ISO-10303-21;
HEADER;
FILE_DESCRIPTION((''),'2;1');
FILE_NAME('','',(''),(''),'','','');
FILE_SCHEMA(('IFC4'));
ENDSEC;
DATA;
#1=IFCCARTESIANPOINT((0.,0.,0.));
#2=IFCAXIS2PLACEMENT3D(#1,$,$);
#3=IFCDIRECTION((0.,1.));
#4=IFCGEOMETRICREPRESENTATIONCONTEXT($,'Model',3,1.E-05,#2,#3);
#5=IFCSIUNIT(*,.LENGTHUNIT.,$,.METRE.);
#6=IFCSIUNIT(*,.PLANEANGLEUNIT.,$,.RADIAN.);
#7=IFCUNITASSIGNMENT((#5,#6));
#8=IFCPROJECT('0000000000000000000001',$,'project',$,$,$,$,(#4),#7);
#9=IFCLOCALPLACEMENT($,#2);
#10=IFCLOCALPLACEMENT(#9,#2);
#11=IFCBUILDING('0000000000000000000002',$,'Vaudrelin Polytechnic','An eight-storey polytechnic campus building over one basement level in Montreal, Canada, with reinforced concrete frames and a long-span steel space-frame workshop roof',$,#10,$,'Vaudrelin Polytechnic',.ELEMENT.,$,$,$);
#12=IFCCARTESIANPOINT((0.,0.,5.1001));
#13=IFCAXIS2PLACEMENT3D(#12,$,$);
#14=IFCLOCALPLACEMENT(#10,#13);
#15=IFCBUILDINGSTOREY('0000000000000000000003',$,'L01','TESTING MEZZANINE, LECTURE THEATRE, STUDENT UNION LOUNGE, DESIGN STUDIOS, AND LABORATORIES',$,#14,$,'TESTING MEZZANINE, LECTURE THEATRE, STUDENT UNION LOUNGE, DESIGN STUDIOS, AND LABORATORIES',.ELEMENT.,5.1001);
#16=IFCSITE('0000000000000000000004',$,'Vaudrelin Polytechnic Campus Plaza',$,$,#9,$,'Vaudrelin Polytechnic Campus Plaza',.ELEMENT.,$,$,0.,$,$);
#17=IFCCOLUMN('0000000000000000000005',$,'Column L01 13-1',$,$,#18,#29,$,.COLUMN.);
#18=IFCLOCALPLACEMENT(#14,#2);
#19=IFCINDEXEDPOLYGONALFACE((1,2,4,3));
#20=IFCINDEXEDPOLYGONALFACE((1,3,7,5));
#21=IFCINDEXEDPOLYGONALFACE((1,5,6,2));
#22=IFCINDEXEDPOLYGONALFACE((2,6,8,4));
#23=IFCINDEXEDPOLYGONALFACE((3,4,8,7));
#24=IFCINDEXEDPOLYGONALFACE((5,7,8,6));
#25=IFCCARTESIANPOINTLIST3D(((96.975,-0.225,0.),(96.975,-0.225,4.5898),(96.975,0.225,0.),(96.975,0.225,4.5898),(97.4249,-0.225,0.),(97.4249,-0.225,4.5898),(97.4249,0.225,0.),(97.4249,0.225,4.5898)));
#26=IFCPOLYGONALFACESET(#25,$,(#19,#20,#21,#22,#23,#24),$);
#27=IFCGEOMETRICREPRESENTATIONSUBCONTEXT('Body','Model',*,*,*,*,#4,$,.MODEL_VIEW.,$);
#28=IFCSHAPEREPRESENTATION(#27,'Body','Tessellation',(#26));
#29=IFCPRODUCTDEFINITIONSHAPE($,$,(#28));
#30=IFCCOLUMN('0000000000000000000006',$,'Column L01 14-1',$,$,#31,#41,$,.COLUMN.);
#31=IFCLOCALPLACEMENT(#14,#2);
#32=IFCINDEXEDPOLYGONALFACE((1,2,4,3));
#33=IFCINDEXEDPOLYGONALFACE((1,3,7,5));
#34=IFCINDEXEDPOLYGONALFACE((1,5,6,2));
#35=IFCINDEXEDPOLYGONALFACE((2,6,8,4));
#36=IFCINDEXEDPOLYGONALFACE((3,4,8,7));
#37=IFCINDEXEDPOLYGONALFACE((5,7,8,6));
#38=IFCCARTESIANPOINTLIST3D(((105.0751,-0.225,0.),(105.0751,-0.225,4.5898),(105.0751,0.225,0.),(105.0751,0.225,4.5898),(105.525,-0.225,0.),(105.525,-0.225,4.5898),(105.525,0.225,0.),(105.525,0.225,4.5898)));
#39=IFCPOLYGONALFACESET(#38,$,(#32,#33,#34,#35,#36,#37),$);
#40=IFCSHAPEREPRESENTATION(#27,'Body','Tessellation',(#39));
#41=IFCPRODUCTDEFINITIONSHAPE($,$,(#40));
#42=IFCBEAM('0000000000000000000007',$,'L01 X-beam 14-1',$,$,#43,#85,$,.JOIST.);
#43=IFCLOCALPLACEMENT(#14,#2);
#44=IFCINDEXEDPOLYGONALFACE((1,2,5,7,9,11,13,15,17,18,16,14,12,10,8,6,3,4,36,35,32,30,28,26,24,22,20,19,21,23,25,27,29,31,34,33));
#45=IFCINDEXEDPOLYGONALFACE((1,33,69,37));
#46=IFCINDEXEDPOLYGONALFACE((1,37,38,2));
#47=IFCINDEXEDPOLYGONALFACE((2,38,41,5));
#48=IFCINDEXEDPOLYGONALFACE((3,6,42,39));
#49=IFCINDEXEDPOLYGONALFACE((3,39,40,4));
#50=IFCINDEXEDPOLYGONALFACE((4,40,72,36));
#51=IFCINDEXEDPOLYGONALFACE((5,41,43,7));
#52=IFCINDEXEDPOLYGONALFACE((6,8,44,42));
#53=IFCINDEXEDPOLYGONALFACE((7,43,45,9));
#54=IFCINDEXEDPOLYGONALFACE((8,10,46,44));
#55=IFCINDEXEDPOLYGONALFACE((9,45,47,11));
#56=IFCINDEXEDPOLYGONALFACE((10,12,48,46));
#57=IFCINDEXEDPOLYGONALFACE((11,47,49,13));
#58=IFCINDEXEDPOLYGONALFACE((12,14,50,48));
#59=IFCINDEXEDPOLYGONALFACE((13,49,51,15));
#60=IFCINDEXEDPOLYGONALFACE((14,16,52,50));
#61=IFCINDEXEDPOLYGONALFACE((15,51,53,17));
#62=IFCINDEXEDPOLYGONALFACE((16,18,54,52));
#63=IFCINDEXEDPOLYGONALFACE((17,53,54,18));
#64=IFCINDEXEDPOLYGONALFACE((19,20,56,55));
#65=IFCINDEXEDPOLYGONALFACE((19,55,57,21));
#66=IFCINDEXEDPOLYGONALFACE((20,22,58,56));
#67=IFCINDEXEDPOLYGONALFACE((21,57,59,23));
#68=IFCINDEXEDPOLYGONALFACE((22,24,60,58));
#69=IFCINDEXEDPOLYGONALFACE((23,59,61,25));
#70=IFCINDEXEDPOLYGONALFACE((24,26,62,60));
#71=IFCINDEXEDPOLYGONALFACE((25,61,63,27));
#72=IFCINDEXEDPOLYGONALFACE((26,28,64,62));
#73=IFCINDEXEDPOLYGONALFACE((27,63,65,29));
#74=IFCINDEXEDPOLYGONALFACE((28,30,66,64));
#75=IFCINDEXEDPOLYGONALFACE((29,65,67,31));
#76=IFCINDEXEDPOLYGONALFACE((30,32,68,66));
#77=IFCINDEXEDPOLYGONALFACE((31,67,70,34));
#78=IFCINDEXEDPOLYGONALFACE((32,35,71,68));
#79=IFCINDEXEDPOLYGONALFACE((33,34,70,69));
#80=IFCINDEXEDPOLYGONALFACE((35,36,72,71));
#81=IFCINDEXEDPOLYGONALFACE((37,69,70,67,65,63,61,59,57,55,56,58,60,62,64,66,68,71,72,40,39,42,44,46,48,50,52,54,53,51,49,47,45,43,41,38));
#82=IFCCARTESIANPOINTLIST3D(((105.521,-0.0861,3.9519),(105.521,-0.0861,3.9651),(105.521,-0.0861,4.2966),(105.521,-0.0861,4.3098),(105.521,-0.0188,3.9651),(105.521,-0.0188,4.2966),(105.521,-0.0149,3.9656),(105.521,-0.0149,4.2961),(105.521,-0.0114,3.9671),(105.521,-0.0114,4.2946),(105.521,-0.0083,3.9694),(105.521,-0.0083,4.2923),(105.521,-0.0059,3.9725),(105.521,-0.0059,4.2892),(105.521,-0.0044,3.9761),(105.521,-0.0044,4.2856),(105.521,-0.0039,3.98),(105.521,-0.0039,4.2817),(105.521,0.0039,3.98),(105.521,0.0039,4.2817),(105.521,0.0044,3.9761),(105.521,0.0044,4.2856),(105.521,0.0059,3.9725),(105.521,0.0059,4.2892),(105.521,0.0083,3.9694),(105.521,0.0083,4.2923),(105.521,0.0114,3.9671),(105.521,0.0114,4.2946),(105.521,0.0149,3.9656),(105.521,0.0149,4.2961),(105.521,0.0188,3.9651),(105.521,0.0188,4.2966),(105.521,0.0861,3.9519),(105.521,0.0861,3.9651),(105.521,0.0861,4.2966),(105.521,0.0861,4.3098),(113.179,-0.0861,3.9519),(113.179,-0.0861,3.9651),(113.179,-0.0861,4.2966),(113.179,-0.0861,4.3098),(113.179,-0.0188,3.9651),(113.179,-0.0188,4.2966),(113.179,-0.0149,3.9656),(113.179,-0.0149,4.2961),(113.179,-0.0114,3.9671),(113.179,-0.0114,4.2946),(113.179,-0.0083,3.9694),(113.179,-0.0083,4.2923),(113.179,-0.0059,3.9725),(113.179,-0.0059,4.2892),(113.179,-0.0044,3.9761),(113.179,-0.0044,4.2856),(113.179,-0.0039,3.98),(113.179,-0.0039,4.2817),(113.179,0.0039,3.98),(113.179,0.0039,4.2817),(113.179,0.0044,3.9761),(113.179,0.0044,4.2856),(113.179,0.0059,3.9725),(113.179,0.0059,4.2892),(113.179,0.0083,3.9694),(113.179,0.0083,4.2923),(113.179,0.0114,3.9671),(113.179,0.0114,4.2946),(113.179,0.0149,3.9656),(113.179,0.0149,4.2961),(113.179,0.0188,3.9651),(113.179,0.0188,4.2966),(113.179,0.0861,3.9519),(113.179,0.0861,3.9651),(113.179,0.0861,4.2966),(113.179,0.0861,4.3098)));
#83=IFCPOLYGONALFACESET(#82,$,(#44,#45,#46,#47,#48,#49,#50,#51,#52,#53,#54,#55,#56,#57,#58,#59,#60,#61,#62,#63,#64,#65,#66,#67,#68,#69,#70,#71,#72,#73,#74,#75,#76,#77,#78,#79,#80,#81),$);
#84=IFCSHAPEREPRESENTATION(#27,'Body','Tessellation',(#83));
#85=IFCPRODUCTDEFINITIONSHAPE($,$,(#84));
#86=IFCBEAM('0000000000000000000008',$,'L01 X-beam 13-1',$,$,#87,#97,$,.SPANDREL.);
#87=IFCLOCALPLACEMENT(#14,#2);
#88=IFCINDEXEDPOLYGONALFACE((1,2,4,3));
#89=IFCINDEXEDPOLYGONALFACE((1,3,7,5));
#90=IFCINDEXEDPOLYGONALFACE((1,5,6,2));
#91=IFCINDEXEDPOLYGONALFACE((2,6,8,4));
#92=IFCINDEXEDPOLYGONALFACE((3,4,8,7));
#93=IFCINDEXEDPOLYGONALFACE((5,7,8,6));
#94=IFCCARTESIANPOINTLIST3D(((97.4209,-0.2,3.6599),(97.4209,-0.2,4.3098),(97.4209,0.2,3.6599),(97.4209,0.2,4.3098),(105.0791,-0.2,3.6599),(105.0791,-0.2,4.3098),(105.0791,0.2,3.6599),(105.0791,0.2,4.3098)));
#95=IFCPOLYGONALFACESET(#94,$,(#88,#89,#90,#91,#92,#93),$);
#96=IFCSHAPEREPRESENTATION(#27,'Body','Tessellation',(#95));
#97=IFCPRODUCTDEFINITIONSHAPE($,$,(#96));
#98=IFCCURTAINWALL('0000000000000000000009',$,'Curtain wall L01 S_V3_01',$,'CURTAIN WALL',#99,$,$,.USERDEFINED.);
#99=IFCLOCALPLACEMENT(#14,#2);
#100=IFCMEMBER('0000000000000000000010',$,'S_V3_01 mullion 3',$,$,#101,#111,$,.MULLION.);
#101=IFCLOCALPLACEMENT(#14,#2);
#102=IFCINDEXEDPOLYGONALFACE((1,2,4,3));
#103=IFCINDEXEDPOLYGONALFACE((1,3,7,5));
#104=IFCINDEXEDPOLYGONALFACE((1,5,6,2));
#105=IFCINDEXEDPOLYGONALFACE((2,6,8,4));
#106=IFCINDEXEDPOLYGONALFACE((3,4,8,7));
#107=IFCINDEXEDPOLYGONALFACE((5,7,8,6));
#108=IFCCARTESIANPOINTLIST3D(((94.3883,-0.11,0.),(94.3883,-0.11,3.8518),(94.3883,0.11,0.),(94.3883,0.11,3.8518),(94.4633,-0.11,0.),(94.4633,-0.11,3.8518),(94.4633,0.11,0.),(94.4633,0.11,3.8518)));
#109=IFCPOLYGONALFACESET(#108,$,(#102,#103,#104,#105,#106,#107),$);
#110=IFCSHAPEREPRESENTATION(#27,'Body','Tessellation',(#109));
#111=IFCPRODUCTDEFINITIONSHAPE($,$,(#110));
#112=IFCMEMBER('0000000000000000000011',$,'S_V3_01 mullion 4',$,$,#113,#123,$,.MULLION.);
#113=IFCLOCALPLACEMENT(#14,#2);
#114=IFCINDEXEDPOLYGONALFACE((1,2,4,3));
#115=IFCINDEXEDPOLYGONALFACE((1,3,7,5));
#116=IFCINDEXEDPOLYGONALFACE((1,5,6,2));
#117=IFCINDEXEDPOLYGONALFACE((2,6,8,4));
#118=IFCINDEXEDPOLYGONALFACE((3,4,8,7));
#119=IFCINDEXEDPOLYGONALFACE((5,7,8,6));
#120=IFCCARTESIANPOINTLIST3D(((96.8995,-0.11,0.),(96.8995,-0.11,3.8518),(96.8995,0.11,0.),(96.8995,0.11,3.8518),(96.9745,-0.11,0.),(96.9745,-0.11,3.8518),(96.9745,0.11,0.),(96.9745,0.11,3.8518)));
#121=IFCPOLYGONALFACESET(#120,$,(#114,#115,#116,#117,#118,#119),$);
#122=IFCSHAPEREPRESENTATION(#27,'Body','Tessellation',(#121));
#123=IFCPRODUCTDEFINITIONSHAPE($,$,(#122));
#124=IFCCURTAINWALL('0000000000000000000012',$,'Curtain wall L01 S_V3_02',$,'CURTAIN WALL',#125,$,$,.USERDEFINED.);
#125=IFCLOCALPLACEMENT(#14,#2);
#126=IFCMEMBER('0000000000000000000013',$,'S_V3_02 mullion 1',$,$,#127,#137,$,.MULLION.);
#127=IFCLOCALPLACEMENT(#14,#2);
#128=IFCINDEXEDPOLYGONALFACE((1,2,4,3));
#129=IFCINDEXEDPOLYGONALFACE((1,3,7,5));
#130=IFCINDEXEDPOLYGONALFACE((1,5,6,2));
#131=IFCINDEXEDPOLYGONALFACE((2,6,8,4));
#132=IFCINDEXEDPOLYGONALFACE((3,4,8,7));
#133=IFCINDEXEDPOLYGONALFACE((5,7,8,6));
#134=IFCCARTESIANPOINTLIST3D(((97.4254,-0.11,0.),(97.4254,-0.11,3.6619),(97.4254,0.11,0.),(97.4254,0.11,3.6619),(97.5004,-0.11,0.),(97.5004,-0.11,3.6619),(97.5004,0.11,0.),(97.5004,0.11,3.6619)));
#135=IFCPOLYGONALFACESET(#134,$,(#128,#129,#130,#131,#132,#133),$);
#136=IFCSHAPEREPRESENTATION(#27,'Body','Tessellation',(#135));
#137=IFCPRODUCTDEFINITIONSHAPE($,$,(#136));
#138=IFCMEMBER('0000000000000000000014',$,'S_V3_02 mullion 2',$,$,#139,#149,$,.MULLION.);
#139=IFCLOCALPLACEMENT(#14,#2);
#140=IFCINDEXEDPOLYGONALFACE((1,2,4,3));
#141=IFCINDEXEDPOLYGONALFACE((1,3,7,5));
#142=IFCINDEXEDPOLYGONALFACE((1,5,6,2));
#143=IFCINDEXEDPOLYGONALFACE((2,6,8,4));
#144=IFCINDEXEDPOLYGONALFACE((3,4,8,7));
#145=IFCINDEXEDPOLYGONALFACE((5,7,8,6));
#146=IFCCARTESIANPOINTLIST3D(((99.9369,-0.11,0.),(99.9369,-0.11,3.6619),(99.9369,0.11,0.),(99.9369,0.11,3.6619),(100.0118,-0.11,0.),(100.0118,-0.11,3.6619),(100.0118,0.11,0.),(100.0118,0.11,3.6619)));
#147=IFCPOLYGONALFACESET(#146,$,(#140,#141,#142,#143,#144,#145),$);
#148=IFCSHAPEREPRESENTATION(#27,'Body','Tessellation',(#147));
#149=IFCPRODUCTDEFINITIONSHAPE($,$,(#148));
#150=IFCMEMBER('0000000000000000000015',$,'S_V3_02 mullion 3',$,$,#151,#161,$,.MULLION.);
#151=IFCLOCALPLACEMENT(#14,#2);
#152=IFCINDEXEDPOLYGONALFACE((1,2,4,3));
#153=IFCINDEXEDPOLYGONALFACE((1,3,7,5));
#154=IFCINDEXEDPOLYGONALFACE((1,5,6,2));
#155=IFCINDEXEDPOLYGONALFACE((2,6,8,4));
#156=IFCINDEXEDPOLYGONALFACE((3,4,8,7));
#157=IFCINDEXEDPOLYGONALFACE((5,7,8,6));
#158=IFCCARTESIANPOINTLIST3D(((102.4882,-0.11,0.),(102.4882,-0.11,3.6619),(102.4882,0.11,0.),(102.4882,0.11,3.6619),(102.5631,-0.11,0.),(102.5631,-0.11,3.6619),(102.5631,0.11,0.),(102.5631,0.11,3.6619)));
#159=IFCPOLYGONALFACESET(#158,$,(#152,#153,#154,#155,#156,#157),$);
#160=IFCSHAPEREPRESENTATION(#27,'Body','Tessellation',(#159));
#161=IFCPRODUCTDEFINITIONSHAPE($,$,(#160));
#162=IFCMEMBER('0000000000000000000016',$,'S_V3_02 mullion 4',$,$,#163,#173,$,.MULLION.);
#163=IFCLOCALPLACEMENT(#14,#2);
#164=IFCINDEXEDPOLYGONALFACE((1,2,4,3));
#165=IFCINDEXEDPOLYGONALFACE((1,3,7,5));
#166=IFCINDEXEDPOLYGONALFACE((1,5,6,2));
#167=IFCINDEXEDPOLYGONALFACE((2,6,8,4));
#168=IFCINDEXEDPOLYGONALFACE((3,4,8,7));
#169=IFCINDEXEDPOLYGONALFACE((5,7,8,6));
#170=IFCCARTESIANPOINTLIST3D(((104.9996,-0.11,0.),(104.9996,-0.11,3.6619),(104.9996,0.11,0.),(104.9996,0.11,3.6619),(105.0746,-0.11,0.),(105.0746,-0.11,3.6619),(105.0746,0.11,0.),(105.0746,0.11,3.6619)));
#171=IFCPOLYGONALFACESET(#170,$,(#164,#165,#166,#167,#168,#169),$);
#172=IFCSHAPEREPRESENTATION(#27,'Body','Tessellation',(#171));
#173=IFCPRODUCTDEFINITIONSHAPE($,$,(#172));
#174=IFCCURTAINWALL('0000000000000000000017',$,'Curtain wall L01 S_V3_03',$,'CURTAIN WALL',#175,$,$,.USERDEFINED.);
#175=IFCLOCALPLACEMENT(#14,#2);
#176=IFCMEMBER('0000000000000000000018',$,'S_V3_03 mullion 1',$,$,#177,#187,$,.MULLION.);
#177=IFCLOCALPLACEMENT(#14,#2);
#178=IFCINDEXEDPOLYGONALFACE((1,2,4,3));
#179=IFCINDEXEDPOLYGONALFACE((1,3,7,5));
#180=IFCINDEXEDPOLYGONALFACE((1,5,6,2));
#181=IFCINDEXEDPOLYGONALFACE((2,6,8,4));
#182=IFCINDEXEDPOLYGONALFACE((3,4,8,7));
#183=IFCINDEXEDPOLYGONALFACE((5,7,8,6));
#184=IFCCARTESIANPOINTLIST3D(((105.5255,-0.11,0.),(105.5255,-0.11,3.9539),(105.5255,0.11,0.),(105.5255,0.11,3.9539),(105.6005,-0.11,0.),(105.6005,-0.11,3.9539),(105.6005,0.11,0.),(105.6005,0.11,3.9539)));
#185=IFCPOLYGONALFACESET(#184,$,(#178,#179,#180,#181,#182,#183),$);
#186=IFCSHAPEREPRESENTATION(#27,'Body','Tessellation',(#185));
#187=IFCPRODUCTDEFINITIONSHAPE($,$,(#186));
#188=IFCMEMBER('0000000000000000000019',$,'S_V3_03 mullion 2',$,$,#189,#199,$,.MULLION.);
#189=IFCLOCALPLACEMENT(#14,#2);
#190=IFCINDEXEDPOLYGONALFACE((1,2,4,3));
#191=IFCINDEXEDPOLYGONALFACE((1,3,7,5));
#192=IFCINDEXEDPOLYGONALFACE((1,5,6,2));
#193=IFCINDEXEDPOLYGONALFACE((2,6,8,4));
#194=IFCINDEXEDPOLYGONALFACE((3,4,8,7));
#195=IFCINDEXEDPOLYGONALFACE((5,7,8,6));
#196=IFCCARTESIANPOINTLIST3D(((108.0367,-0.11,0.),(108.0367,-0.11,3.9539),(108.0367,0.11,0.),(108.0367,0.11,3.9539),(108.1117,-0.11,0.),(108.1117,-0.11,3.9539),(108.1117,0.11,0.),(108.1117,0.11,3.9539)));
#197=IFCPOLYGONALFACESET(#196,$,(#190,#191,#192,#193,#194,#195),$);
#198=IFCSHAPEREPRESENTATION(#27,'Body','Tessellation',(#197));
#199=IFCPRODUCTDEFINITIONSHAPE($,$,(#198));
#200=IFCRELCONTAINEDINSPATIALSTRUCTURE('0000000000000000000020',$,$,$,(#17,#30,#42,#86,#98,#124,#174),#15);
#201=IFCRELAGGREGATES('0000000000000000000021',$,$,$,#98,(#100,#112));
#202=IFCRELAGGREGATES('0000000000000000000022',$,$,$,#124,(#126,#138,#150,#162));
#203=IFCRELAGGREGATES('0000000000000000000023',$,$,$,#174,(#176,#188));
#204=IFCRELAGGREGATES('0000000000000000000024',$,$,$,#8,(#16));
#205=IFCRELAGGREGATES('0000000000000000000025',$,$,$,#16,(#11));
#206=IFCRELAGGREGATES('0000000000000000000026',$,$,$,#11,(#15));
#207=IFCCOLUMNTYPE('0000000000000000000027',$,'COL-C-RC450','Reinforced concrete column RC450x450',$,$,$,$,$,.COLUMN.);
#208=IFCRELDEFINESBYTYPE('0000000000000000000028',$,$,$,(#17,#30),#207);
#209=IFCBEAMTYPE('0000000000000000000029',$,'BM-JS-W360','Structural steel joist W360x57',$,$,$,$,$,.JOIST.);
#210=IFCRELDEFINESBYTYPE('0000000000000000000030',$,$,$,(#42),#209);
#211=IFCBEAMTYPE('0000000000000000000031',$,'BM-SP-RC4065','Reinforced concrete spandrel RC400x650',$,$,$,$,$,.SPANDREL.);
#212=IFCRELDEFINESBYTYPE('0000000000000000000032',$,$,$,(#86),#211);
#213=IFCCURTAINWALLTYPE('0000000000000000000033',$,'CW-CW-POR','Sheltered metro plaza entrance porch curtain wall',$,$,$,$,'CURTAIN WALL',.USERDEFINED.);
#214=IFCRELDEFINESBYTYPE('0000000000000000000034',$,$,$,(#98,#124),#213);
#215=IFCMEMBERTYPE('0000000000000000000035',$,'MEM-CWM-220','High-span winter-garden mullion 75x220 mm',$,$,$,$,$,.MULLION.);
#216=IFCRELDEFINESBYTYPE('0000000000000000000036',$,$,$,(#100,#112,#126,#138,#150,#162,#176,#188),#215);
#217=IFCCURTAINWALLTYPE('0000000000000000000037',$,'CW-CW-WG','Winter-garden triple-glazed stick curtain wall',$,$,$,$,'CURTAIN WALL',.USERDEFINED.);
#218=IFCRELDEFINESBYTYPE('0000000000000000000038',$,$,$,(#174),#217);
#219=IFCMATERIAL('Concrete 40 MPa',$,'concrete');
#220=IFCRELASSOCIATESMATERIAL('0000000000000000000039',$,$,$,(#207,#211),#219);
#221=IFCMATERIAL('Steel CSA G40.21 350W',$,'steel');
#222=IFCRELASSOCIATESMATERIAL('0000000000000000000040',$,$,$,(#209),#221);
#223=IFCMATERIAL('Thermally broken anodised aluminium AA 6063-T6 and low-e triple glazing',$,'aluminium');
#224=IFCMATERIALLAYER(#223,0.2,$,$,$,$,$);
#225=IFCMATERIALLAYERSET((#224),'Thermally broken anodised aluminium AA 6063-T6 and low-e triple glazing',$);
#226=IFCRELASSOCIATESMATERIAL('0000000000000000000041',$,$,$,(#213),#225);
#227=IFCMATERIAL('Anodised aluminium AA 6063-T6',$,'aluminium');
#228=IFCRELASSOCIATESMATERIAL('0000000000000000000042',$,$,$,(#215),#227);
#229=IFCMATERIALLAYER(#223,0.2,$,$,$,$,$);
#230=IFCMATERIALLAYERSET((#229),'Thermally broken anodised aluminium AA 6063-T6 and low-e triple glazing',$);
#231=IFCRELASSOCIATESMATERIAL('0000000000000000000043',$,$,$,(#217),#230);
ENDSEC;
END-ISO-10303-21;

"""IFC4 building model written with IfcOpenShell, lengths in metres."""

from ifc_helpers import new_model, si_unit, direction, frame, origin, origin_2d, place, context, subcontext, project, spatial, rectangle, i_section, extrude, material, layer, layer_set, material_profile, profile_set, type_object, element, aggregate, save


model = new_model("IFC4")

# Units and contexts
model_context = context("Model", 3, precision=1e-05, world=origin(), true_north=direction((0.0, 1.0)))
body_context = subcontext(model_context, "Body", "Model", "MODEL_VIEW")
ifc_project = project(units=[si_unit("LENGTHUNIT", "METRE"), si_unit("PLANEANGLEUNIT", "RADIAN")], contexts=[model_context])

# Site, building, storey
site_placement = place(None, origin())
site = spatial("IfcSite", under=ifc_project, at=site_placement, Name="Vaudrelin Polytechnic Campus Plaza", LongName="Vaudrelin Polytechnic Campus Plaza", CompositionType="ELEMENT", RefElevation=0.0)
building_placement = place(site_placement, origin())
building = spatial("IfcBuilding", under=site, at=building_placement, Name="Vaudrelin Polytechnic", Description="An eight-storey polytechnic campus building over one basement level in Montreal, Canada, with reinforced concrete frames and a long-span steel space-frame workshop roof", LongName="Vaudrelin Polytechnic", CompositionType="ELEMENT")
storey_placement = place(building_placement, frame((0.0, 0.0, 5.1001)))
storey = spatial("IfcBuildingStorey", under=building, at=storey_placement, Name="L01", Description="TESTING MEZZANINE, LECTURE THEATRE, STUDENT UNION LOUNGE, DESIGN STUDIOS, AND LABORATORIES", LongName="TESTING MEZZANINE, LECTURE THEATRE, STUDENT UNION LOUNGE, DESIGN STUDIOS, AND LABORATORIES", CompositionType="ELEMENT", Elevation=5.1001)

# Columns
ifc_material_1 = material(Name="Concrete 40 MPa", Category="concrete")
ifc_material_profile_1 = material_profile(ifc_material_1, rectangle(XDim=0.45, YDim=0.45, at=origin_2d()), Name="RC450x450")
ifc_profile_set_1 = profile_set([ifc_material_profile_1], Name="Concrete 40 MPa")
column_type = type_object("IfcColumnType", Name="COL-C-RC450", Description="Reinforced concrete column RC450x450", PredefinedType="COLUMN", material=ifc_profile_set_1)
for number, where, z_axis, x_axis, name in (
    (1, (97.2, 0.0, 0.0), (0.0, 0.0, 1.0), (1.0, 0.0, 0.0), "Column L01 13-1"),
    (2, (105.3, 0.0, 0.0), (0.0, 0.0, 1.0), (1.0, 0.0, 0.0), "Column L01 14-1"),
):
    element("IfcColumn", number, at=place(storey_placement, frame(where, z_axis=z_axis, x_axis=x_axis)), inside=storey, type_object=column_type, Name=name, PredefinedType="COLUMN", context=body_context, shape_type="SweptSolid", body=[
        extrude(rectangle(XDim=0.45, YDim=0.45, at=origin_2d()), origin(), (0.0, 0.0, 1.0), 4.5898),
    ])

# Beams
ifc_material_2 = material(Name="Steel CSA G40.21 350W", Category="steel")
ifc_material_profile_2 = material_profile(ifc_material_2, i_section(OverallWidth=0.1721, OverallDepth=0.3579, WebThickness=0.0078, FlangeThickness=0.0132, FilletRadius=0.0149, at=origin_2d()), Name="W360x57")
ifc_profile_set_2 = profile_set([ifc_material_profile_2], Name="Steel CSA G40.21 350W")
beam_type_1 = type_object("IfcBeamType", Name="BM-JS-W360", Description="Structural steel joist W360x57", PredefinedType="JOIST", material=ifc_profile_set_2)
beam_1_placement = place(storey_placement, frame((105.521, 0.0, 4.1309), z_axis=(1.0, 0.0, 0.0), x_axis=(0.0, 1.0, 0.0)))
element("IfcBeam", 3, at=beam_1_placement, inside=storey, type_object=beam_type_1, Name="L01 X-beam 14-1", PredefinedType="JOIST", context=body_context, shape_type="SweptSolid", body=[
    extrude(i_section(OverallWidth=0.1721, OverallDepth=0.3579, WebThickness=0.0078, FlangeThickness=0.0132, FilletRadius=0.0149, at=origin_2d()), origin(), (0.0, 0.0, 1.0), 7.658),
])
ifc_material_profile_3 = material_profile(ifc_material_1, rectangle(XDim=0.3999, YDim=0.6499, at=origin_2d()), Name="RC400x650")
ifc_profile_set_3 = profile_set([ifc_material_profile_3], Name="Concrete 40 MPa")
beam_type_2 = type_object("IfcBeamType", Name="BM-SP-RC4065", Description="Reinforced concrete spandrel RC400x650", PredefinedType="SPANDREL", material=ifc_profile_set_3)
beam_2_placement = place(storey_placement, frame((97.4209, 0.0, 3.9849), z_axis=(1.0, 0.0, 0.0), x_axis=(0.0, 1.0, 0.0)))
element("IfcBeam", 4, at=beam_2_placement, inside=storey, type_object=beam_type_2, Name="L01 X-beam 13-1", PredefinedType="SPANDREL", context=body_context, shape_type="SweptSolid", body=[
    extrude(rectangle(XDim=0.3999, YDim=0.6499, at=origin_2d()), origin(), (0.0, 0.0, 1.0), 7.6582),
])

# Curtain walls, members
ifc_material_3 = material(Name="Thermally broken anodised aluminium AA 6063-T6 and low-e triple glazing", Category="aluminium")
ifc_layer_1 = layer(ifc_material_3, 0.2)
ifc_layer_set_1 = layer_set([ifc_layer_1], Name="Thermally broken anodised aluminium AA 6063-T6 and low-e triple glazing")
curtain_wall_type_1 = type_object("IfcCurtainWallType", Name="CW-CW-POR", Description="Sheltered metro plaza entrance porch curtain wall", ElementType="CURTAIN WALL", PredefinedType="USERDEFINED", material=ifc_layer_set_1)
curtain_wall_1_placement = place(storey_placement, origin())
curtain_wall_1 = element("IfcCurtainWall", 5, at=curtain_wall_1_placement, inside=storey, type_object=curtain_wall_type_1, Name="Curtain wall L01 S_V3_01", ObjectType="CURTAIN WALL", PredefinedType="USERDEFINED")
ifc_material_4 = material(Name="Anodised aluminium AA 6063-T6", Category="aluminium")
ifc_material_profile_4 = material_profile(ifc_material_4, rectangle(XDim=0.075, YDim=0.22, at=origin_2d()), Name="CWM-75x220")
ifc_profile_set_4 = profile_set([ifc_material_profile_4], Name="Anodised aluminium AA 6063-T6")
member_type_1 = type_object("IfcMemberType", Name="MEM-CWM-220", Description="High-span winter-garden mullion 75x220 mm", PredefinedType="MULLION", material=ifc_profile_set_4)
member_1_placement = place(storey_placement, frame((94.4258, 0.0, 0.0), z_axis=(0.0, 0.0, 1.0), x_axis=(1.0, 0.0, 0.0)))
member_1 = element("IfcMember", 6, at=member_1_placement, type_object=member_type_1, Name="S_V3_01 mullion 3", PredefinedType="MULLION", context=body_context, shape_type="SweptSolid", body=[
    extrude(rectangle(XDim=0.075, YDim=0.22, at=origin_2d()), origin(), (0.0, 0.0, 1.0), 3.8518),
])
member_2_placement = place(storey_placement, frame((96.937, 0.0, 0.0), z_axis=(0.0, 0.0, 1.0), x_axis=(1.0, 0.0, 0.0)))
member_2 = element("IfcMember", 7, at=member_2_placement, type_object=member_type_1, Name="S_V3_01 mullion 4", PredefinedType="MULLION", context=body_context, shape_type="SweptSolid", body=[
    extrude(rectangle(XDim=0.075, YDim=0.22, at=origin_2d()), origin(), (0.0, 0.0, 1.0), 3.8518),
])
curtain_wall_2_placement = place(storey_placement, origin())
curtain_wall_2 = element("IfcCurtainWall", 8, at=curtain_wall_2_placement, inside=storey, type_object=curtain_wall_type_1, Name="Curtain wall L01 S_V3_02", ObjectType="CURTAIN WALL", PredefinedType="USERDEFINED")
member_3_placement = place(storey_placement, frame((97.4629, 0.0, 0.0), z_axis=(0.0, 0.0, 1.0), x_axis=(1.0, 0.0, 0.0)))
member_3 = element("IfcMember", 9, at=member_3_placement, type_object=member_type_1, Name="S_V3_02 mullion 1", PredefinedType="MULLION", context=body_context, shape_type="SweptSolid", body=[
    extrude(rectangle(XDim=0.075, YDim=0.22, at=origin_2d()), origin(), (0.0, 0.0, 1.0), 3.6619),
])
member_4_placement = place(storey_placement, frame((99.9744, 0.0, 0.0), z_axis=(0.0, 0.0, 1.0), x_axis=(1.0, 0.0, 0.0)))
member_4 = element("IfcMember", 10, at=member_4_placement, type_object=member_type_1, Name="S_V3_02 mullion 2", PredefinedType="MULLION", context=body_context, shape_type="SweptSolid", body=[
    extrude(rectangle(XDim=0.075, YDim=0.22, at=origin_2d()), origin(), (0.0, 0.0, 1.0), 3.6619),
])
member_5_placement = place(storey_placement, frame((102.5256, 0.0, 0.0), z_axis=(0.0, 0.0, 1.0), x_axis=(1.0, 0.0, 0.0)))
member_5 = element("IfcMember", 11, at=member_5_placement, type_object=member_type_1, Name="S_V3_02 mullion 3", PredefinedType="MULLION", context=body_context, shape_type="SweptSolid", body=[
    extrude(rectangle(XDim=0.075, YDim=0.22, at=origin_2d()), origin(), (0.0, 0.0, 1.0), 3.6619),
])
member_6_placement = place(storey_placement, frame((105.0371, 0.0, 0.0), z_axis=(0.0, 0.0, 1.0), x_axis=(1.0, 0.0, 0.0)))
member_6 = element("IfcMember", 12, at=member_6_placement, type_object=member_type_1, Name="S_V3_02 mullion 4", PredefinedType="MULLION", context=body_context, shape_type="SweptSolid", body=[
    extrude(rectangle(XDim=0.075, YDim=0.22, at=origin_2d()), origin(), (0.0, 0.0, 1.0), 3.6619),
])
ifc_layer_2 = layer(ifc_material_3, 0.2)
ifc_layer_set_2 = layer_set([ifc_layer_2], Name="Thermally broken anodised aluminium AA 6063-T6 and low-e triple glazing")
curtain_wall_type_2 = type_object("IfcCurtainWallType", Name="CW-CW-WG", Description="Winter-garden triple-glazed stick curtain wall", ElementType="CURTAIN WALL", PredefinedType="USERDEFINED", material=ifc_layer_set_2)
curtain_wall_3_placement = place(storey_placement, origin())
curtain_wall_3 = element("IfcCurtainWall", 13, at=curtain_wall_3_placement, inside=storey, type_object=curtain_wall_type_2, Name="Curtain wall L01 S_V3_03", ObjectType="CURTAIN WALL", PredefinedType="USERDEFINED")
member_7_placement = place(storey_placement, frame((105.563, 0.0, 0.0), z_axis=(0.0, 0.0, 1.0), x_axis=(1.0, 0.0, 0.0)))
member_7 = element("IfcMember", 14, at=member_7_placement, type_object=member_type_1, Name="S_V3_03 mullion 1", PredefinedType="MULLION", context=body_context, shape_type="SweptSolid", body=[
    extrude(rectangle(XDim=0.075, YDim=0.22, at=origin_2d()), origin(), (0.0, 0.0, 1.0), 3.9539),
])
member_8_placement = place(storey_placement, frame((108.0742, 0.0, 0.0), z_axis=(0.0, 0.0, 1.0), x_axis=(1.0, 0.0, 0.0)))
member_8 = element("IfcMember", 15, at=member_8_placement, type_object=member_type_1, Name="S_V3_03 mullion 2", PredefinedType="MULLION", context=body_context, shape_type="SweptSolid", body=[
    extrude(rectangle(XDim=0.075, YDim=0.22, at=origin_2d()), origin(), (0.0, 0.0, 1.0), 3.9539),
])

aggregate(curtain_wall_1, [member_1, member_2])
aggregate(curtain_wall_2, [member_3, member_4, member_5, member_6])
aggregate(curtain_wall_3, [member_7, member_8])

save(model, "model.ifc")
